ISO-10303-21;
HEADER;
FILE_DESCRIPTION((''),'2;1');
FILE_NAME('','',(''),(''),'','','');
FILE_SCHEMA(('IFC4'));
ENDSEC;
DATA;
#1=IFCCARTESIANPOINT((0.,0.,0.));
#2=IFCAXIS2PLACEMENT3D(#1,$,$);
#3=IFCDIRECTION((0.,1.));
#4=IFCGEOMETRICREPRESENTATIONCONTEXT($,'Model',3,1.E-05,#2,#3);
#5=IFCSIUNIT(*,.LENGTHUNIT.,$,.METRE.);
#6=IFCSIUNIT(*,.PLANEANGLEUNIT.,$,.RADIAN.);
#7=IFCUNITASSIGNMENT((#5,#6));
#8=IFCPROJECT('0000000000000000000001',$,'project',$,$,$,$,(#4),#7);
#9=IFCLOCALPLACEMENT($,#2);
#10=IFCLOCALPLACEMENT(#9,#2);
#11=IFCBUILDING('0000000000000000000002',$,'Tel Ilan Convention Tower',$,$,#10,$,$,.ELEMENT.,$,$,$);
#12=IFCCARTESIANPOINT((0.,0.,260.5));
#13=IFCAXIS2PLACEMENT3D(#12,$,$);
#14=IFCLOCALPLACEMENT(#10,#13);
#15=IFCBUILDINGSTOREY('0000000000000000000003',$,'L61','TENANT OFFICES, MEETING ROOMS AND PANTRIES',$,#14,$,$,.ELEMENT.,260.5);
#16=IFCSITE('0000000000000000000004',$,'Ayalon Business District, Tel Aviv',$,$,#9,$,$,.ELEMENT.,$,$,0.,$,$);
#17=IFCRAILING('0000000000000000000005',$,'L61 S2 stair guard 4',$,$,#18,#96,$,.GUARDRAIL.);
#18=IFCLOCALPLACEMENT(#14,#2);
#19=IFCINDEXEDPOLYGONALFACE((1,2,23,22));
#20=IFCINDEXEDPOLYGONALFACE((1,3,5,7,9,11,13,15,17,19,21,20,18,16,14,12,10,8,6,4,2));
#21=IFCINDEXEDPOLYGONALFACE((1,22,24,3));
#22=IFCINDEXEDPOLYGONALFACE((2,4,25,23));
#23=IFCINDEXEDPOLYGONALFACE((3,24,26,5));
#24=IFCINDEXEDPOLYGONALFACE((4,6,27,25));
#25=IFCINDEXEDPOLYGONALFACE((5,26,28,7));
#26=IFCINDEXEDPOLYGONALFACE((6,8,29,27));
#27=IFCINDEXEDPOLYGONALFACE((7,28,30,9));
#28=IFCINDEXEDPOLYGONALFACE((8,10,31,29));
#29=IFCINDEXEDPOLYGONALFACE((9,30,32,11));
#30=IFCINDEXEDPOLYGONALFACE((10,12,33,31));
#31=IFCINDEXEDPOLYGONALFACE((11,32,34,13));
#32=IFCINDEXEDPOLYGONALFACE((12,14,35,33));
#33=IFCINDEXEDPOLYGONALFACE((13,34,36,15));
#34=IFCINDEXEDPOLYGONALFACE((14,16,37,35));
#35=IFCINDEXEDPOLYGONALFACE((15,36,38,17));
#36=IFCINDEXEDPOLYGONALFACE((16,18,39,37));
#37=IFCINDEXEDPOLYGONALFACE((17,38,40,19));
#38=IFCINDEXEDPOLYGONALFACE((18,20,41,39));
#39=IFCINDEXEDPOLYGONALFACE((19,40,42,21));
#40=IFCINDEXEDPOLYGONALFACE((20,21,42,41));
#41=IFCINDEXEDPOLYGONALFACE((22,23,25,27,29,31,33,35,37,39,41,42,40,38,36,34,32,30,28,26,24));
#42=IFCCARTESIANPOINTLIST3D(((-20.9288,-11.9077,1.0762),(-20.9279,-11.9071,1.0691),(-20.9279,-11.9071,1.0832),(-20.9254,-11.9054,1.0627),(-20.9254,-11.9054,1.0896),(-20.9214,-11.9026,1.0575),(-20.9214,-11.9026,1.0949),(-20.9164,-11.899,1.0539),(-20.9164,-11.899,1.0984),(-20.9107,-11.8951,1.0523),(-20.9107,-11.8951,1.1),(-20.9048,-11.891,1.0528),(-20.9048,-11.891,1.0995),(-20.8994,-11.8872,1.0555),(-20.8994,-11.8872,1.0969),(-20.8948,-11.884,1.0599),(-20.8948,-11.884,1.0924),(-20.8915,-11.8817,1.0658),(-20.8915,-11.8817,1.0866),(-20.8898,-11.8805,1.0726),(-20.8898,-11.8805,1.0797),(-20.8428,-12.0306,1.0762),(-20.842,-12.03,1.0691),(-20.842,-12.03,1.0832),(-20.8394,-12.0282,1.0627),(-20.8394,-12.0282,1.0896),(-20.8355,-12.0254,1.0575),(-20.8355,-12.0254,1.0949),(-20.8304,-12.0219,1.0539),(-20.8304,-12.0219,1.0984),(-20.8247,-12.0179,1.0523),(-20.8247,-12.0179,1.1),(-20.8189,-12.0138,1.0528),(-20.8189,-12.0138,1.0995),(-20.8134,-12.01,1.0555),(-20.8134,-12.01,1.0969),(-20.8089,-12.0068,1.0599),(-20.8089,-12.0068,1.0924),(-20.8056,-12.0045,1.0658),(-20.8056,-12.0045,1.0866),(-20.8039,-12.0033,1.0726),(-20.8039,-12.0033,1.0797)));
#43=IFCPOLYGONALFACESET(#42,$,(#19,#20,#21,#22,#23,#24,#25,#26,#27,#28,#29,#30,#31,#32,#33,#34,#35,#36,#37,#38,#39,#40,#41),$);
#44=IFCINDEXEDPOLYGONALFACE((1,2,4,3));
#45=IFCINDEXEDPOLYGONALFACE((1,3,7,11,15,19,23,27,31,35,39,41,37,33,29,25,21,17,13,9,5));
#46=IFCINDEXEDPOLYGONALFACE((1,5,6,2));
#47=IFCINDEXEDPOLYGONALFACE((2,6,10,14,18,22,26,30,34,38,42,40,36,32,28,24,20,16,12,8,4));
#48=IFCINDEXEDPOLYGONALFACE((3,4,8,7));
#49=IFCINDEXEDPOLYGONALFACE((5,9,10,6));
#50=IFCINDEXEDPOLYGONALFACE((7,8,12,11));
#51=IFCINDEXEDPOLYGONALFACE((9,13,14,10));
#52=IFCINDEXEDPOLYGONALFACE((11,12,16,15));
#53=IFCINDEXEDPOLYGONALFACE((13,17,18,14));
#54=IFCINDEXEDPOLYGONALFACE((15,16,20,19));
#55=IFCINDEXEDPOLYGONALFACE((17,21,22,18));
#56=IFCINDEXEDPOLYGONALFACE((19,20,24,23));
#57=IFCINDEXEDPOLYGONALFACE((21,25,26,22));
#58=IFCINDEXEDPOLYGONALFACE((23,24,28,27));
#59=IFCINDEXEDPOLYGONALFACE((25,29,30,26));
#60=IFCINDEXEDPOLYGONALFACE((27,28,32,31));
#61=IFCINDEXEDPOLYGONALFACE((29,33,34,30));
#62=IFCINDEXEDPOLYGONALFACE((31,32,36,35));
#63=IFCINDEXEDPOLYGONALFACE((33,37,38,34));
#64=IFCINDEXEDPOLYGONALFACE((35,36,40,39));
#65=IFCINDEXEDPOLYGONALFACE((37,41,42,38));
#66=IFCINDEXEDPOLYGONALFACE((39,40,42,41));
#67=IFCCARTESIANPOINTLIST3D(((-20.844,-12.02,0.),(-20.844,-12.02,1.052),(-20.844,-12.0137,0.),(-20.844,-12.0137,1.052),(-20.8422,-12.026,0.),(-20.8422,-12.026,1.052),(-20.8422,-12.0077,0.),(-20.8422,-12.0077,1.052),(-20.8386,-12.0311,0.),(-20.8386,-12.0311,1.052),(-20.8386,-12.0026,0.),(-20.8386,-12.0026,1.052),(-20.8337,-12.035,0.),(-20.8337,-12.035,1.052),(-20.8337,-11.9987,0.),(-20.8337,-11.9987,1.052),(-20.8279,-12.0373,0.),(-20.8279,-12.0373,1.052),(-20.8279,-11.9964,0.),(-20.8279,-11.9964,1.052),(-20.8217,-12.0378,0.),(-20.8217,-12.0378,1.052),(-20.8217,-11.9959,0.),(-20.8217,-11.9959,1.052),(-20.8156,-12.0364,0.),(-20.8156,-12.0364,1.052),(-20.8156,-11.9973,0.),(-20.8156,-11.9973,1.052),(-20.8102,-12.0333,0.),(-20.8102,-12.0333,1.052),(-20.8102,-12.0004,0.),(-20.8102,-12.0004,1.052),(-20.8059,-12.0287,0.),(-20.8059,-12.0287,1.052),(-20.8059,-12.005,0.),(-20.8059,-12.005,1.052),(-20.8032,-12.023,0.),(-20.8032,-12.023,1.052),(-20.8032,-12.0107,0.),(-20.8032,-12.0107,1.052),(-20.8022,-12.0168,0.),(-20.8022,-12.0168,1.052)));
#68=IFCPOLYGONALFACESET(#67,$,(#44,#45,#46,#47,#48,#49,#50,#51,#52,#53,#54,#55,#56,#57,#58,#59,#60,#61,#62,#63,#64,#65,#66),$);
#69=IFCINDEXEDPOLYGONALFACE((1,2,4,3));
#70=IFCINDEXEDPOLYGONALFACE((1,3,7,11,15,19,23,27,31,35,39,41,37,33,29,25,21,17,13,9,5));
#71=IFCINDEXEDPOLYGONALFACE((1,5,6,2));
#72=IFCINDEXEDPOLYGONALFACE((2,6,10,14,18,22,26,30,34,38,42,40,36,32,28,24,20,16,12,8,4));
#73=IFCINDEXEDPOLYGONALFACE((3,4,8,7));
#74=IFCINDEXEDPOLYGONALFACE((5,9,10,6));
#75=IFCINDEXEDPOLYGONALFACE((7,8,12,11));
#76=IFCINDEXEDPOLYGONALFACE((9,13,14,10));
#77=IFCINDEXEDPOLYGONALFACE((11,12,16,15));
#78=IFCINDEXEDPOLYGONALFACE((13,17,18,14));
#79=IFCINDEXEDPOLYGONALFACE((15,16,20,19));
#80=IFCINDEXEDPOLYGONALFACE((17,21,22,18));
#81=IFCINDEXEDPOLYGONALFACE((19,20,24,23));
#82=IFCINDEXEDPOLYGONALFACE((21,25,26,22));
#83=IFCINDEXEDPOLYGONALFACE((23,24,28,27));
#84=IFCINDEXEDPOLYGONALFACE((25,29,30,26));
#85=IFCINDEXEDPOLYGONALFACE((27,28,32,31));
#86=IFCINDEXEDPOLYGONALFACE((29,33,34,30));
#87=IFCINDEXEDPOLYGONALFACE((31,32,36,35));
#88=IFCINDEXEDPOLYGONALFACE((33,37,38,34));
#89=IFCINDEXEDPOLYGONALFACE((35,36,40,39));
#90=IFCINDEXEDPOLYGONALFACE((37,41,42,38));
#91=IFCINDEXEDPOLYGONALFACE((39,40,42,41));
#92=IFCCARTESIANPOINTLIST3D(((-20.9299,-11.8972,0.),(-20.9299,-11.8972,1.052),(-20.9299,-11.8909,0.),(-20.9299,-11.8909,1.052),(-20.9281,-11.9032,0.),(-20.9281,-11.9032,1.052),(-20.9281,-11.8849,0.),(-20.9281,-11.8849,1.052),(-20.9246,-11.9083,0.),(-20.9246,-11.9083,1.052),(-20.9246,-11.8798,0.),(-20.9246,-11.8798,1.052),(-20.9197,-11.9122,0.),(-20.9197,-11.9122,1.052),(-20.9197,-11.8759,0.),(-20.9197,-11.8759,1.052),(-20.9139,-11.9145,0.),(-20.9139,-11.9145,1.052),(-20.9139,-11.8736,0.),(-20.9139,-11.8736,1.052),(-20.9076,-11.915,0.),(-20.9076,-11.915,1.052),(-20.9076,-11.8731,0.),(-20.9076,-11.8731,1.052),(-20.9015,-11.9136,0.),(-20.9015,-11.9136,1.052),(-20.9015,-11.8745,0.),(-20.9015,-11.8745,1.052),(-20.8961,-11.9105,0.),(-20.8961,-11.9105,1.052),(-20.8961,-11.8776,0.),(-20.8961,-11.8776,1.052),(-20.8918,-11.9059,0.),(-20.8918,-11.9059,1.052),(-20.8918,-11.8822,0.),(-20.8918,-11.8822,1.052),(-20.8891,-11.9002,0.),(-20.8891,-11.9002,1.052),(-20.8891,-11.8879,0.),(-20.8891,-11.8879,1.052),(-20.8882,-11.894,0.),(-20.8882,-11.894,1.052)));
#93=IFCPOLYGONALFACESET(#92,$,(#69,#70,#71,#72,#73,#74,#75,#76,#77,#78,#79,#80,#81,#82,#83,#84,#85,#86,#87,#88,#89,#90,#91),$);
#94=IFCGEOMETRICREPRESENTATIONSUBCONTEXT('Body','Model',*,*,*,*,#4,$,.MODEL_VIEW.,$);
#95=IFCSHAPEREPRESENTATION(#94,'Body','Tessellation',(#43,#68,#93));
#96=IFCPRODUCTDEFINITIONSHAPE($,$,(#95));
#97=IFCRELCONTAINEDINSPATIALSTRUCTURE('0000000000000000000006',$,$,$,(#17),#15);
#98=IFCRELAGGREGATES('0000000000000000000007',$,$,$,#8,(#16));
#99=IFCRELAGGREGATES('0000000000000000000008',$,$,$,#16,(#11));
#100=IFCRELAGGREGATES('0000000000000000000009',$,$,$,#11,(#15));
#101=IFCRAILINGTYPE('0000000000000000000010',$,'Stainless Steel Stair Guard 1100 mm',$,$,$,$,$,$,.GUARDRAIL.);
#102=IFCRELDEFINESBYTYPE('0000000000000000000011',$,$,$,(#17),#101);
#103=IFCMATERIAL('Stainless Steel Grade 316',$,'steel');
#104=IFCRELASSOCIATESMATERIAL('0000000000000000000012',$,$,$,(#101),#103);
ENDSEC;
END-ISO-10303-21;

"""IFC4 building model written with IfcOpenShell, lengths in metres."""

from ifc_helpers import new_model, si_unit, direction, frame, origin, origin_2d, place, context, subcontext, project, spatial, circle, extrude, material, type_object, element, save


model = new_model("IFC4")

# Units and contexts
model_context = context("Model", 3, precision=1e-05, world=origin(), true_north=direction((0.0, 1.0)))
body_context = subcontext(model_context, "Body", "Model", "MODEL_VIEW")
ifc_project = project(units=[si_unit("LENGTHUNIT", "METRE"), si_unit("PLANEANGLEUNIT", "RADIAN")], contexts=[model_context])

# Site, building, storey
site_placement = place(None, origin())
site = spatial("IfcSite", under=ifc_project, at=site_placement, Name="Ayalon Business District, Tel Aviv", CompositionType="ELEMENT", RefElevation=0.0)
building_placement = place(site_placement, origin())
building = spatial("IfcBuilding", under=site, at=building_placement, Name="Tel Ilan Convention Tower", CompositionType="ELEMENT")
storey_placement = place(building_placement, frame((0.0, 0.0, 260.5)))
storey = spatial("IfcBuildingStorey", under=building, at=storey_placement, Name="L61", Description="TENANT OFFICES, MEETING ROOMS AND PANTRIES", CompositionType="ELEMENT", Elevation=260.5)

# Railing
ifc_material_1 = material(Name="Stainless Steel Grade 316", Category="steel")
railing_type_1 = type_object("IfcRailingType", Name="Stainless Steel Stair Guard 1100 mm", PredefinedType="GUARDRAIL", material=ifc_material_1)
railing_1_placement = place(storey_placement, frame((-20.8232, -12.0168, 0.0)))
element("IfcRailing", 1, at=railing_1_placement, inside=storey, type_object=railing_type_1, Name="L61 S2 stair guard 4", PredefinedType="GUARDRAIL", context=body_context, shape_type="SweptSolid", body=[
    extrude(circle(Radius=0.0239, at=origin_2d()), frame((0.0, 0.0, 1.0762), z_axis=(-0.573353, 0.819308, 0.0), x_axis=(-0.819308, -0.573353, 0.0)), (0.0, 0.0, 1.0), 0.1499),
    extrude(circle(Radius=0.021, at=origin_2d()), origin(), (0.0, 0.0, 1.0), 1.052),
    extrude(circle(Radius=0.021, at=origin_2d()), frame((-0.0859, 0.1228, 0.0)), (0.0, 0.0, 1.0), 1.052),
])

save(model, "model.ifc")
